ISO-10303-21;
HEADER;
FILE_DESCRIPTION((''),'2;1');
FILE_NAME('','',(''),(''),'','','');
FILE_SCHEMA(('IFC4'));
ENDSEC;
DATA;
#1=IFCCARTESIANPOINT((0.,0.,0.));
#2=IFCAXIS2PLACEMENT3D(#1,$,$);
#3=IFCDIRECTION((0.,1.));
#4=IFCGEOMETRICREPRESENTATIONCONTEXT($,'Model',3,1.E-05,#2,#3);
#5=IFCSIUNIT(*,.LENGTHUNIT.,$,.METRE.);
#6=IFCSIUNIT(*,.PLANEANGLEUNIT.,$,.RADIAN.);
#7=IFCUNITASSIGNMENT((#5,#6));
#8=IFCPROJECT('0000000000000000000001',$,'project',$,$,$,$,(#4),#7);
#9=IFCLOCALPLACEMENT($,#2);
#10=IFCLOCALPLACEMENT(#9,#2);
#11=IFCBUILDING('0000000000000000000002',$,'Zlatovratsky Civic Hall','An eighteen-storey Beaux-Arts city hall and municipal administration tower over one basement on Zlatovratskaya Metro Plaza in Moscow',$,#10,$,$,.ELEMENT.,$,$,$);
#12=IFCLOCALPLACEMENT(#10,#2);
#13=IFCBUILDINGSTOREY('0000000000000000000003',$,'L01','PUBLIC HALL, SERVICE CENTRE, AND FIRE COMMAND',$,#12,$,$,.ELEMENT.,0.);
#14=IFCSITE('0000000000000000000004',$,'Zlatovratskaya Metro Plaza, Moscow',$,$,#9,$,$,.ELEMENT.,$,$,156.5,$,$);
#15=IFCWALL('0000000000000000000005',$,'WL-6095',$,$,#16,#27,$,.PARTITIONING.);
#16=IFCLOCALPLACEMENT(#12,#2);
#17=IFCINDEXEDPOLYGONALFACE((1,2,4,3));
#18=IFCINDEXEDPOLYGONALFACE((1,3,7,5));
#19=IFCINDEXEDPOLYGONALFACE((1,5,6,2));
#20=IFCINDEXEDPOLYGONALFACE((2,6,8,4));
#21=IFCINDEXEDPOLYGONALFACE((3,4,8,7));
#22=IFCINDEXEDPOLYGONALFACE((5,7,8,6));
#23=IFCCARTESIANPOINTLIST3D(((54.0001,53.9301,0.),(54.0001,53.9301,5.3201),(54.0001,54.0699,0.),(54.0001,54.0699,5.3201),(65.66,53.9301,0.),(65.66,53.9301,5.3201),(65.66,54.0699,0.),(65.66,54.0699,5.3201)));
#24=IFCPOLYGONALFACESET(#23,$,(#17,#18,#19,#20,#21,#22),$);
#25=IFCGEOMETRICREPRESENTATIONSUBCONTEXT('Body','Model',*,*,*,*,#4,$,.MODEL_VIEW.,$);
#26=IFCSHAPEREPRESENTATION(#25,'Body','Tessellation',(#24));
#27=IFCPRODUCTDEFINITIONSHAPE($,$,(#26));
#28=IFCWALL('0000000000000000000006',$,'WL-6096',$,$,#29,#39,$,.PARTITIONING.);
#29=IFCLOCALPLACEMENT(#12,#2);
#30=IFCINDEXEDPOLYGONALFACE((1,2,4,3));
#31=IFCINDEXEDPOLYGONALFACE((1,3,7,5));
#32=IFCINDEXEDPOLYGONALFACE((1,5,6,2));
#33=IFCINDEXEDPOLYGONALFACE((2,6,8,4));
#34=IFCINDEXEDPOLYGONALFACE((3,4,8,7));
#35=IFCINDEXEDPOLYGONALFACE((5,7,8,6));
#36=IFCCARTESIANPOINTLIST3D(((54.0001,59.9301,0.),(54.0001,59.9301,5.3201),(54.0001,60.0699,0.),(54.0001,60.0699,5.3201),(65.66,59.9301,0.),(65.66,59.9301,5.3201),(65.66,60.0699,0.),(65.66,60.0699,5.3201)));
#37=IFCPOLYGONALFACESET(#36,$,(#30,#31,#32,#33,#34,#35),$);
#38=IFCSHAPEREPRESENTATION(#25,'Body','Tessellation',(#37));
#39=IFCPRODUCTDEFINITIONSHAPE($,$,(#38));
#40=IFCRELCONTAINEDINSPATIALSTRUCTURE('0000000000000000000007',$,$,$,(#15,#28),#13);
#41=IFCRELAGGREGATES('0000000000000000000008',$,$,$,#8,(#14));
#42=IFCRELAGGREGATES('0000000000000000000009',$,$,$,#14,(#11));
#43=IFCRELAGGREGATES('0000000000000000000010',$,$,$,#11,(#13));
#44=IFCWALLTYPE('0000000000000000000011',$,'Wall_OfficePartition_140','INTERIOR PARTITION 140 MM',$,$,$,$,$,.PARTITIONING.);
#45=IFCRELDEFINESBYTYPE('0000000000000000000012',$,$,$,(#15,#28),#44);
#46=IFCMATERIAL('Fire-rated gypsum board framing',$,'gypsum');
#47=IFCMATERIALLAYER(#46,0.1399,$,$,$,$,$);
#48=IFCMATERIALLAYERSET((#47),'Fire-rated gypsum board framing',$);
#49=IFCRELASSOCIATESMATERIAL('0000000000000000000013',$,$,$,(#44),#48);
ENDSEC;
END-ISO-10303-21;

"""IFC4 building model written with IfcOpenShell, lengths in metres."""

from ifc_helpers import new_model, si_unit, direction, frame, frame_2d, origin, place, context, subcontext, project, spatial, rectangle, extrude, material, layer, layer_set, type_object, element, save


model = new_model("IFC4")

# Units and contexts
model_context = context("Model", 3, precision=1e-05, world=origin(), true_north=direction((0.0, 1.0)))
body_context = subcontext(model_context, "Body", "Model", "MODEL_VIEW")
ifc_project = project(units=[si_unit("LENGTHUNIT", "METRE"), si_unit("PLANEANGLEUNIT", "RADIAN")], contexts=[model_context])

# Site, building, storey
site_placement = place(None, origin())
site = spatial("IfcSite", under=ifc_project, at=site_placement, Name="Zlatovratskaya Metro Plaza, Moscow", CompositionType="ELEMENT", RefElevation=156.5)
building_placement = place(site_placement, origin())
building = spatial("IfcBuilding", under=site, at=building_placement, Name="Zlatovratsky Civic Hall", Description="An eighteen-storey Beaux-Arts city hall and municipal administration tower over one basement on Zlatovratskaya Metro Plaza in Moscow", CompositionType="ELEMENT")
storey_placement = place(building_placement, origin())
storey = spatial("IfcBuildingStorey", under=building, at=storey_placement, Name="L01", Description="PUBLIC HALL, SERVICE CENTRE, AND FIRE COMMAND", CompositionType="ELEMENT", Elevation=0.0)

# Walls
ifc_material_1 = material(Name="Fire-rated gypsum board framing", Category="gypsum")
ifc_layer = layer(ifc_material_1, 0.1399)
ifc_layer_set = layer_set([ifc_layer], Name="Fire-rated gypsum board framing")
wall_type = type_object("IfcWallType", Name="Wall_OfficePartition_140", Description="INTERIOR PARTITION 140 MM", PredefinedType="PARTITIONING", material=ifc_layer_set)
for number, where, z_axis, x_axis, name in (
    (1, (54.0, 54.0, 0.0), (0.0, 0.0, 1.0), (1.0, 0.0, 0.0), "WL-6095"),
    (2, (54.0, 60.0, 0.0), (0.0, 0.0, 1.0), (1.0, 0.0, 0.0), "WL-6096"),
):
    element("IfcWall", number, at=place(storey_placement, frame(where, z_axis=z_axis, x_axis=x_axis)), inside=storey, type_object=wall_type, Name=name, PredefinedType="PARTITIONING", context=body_context, shape_type="SweptSolid", body=[
        extrude(rectangle(XDim=11.6599, YDim=0.1399, at=frame_2d((5.8301, 0.0))), origin(), (0.0, 0.0, 1.0), 5.3201),
    ])

save(model, "model.ifc")
